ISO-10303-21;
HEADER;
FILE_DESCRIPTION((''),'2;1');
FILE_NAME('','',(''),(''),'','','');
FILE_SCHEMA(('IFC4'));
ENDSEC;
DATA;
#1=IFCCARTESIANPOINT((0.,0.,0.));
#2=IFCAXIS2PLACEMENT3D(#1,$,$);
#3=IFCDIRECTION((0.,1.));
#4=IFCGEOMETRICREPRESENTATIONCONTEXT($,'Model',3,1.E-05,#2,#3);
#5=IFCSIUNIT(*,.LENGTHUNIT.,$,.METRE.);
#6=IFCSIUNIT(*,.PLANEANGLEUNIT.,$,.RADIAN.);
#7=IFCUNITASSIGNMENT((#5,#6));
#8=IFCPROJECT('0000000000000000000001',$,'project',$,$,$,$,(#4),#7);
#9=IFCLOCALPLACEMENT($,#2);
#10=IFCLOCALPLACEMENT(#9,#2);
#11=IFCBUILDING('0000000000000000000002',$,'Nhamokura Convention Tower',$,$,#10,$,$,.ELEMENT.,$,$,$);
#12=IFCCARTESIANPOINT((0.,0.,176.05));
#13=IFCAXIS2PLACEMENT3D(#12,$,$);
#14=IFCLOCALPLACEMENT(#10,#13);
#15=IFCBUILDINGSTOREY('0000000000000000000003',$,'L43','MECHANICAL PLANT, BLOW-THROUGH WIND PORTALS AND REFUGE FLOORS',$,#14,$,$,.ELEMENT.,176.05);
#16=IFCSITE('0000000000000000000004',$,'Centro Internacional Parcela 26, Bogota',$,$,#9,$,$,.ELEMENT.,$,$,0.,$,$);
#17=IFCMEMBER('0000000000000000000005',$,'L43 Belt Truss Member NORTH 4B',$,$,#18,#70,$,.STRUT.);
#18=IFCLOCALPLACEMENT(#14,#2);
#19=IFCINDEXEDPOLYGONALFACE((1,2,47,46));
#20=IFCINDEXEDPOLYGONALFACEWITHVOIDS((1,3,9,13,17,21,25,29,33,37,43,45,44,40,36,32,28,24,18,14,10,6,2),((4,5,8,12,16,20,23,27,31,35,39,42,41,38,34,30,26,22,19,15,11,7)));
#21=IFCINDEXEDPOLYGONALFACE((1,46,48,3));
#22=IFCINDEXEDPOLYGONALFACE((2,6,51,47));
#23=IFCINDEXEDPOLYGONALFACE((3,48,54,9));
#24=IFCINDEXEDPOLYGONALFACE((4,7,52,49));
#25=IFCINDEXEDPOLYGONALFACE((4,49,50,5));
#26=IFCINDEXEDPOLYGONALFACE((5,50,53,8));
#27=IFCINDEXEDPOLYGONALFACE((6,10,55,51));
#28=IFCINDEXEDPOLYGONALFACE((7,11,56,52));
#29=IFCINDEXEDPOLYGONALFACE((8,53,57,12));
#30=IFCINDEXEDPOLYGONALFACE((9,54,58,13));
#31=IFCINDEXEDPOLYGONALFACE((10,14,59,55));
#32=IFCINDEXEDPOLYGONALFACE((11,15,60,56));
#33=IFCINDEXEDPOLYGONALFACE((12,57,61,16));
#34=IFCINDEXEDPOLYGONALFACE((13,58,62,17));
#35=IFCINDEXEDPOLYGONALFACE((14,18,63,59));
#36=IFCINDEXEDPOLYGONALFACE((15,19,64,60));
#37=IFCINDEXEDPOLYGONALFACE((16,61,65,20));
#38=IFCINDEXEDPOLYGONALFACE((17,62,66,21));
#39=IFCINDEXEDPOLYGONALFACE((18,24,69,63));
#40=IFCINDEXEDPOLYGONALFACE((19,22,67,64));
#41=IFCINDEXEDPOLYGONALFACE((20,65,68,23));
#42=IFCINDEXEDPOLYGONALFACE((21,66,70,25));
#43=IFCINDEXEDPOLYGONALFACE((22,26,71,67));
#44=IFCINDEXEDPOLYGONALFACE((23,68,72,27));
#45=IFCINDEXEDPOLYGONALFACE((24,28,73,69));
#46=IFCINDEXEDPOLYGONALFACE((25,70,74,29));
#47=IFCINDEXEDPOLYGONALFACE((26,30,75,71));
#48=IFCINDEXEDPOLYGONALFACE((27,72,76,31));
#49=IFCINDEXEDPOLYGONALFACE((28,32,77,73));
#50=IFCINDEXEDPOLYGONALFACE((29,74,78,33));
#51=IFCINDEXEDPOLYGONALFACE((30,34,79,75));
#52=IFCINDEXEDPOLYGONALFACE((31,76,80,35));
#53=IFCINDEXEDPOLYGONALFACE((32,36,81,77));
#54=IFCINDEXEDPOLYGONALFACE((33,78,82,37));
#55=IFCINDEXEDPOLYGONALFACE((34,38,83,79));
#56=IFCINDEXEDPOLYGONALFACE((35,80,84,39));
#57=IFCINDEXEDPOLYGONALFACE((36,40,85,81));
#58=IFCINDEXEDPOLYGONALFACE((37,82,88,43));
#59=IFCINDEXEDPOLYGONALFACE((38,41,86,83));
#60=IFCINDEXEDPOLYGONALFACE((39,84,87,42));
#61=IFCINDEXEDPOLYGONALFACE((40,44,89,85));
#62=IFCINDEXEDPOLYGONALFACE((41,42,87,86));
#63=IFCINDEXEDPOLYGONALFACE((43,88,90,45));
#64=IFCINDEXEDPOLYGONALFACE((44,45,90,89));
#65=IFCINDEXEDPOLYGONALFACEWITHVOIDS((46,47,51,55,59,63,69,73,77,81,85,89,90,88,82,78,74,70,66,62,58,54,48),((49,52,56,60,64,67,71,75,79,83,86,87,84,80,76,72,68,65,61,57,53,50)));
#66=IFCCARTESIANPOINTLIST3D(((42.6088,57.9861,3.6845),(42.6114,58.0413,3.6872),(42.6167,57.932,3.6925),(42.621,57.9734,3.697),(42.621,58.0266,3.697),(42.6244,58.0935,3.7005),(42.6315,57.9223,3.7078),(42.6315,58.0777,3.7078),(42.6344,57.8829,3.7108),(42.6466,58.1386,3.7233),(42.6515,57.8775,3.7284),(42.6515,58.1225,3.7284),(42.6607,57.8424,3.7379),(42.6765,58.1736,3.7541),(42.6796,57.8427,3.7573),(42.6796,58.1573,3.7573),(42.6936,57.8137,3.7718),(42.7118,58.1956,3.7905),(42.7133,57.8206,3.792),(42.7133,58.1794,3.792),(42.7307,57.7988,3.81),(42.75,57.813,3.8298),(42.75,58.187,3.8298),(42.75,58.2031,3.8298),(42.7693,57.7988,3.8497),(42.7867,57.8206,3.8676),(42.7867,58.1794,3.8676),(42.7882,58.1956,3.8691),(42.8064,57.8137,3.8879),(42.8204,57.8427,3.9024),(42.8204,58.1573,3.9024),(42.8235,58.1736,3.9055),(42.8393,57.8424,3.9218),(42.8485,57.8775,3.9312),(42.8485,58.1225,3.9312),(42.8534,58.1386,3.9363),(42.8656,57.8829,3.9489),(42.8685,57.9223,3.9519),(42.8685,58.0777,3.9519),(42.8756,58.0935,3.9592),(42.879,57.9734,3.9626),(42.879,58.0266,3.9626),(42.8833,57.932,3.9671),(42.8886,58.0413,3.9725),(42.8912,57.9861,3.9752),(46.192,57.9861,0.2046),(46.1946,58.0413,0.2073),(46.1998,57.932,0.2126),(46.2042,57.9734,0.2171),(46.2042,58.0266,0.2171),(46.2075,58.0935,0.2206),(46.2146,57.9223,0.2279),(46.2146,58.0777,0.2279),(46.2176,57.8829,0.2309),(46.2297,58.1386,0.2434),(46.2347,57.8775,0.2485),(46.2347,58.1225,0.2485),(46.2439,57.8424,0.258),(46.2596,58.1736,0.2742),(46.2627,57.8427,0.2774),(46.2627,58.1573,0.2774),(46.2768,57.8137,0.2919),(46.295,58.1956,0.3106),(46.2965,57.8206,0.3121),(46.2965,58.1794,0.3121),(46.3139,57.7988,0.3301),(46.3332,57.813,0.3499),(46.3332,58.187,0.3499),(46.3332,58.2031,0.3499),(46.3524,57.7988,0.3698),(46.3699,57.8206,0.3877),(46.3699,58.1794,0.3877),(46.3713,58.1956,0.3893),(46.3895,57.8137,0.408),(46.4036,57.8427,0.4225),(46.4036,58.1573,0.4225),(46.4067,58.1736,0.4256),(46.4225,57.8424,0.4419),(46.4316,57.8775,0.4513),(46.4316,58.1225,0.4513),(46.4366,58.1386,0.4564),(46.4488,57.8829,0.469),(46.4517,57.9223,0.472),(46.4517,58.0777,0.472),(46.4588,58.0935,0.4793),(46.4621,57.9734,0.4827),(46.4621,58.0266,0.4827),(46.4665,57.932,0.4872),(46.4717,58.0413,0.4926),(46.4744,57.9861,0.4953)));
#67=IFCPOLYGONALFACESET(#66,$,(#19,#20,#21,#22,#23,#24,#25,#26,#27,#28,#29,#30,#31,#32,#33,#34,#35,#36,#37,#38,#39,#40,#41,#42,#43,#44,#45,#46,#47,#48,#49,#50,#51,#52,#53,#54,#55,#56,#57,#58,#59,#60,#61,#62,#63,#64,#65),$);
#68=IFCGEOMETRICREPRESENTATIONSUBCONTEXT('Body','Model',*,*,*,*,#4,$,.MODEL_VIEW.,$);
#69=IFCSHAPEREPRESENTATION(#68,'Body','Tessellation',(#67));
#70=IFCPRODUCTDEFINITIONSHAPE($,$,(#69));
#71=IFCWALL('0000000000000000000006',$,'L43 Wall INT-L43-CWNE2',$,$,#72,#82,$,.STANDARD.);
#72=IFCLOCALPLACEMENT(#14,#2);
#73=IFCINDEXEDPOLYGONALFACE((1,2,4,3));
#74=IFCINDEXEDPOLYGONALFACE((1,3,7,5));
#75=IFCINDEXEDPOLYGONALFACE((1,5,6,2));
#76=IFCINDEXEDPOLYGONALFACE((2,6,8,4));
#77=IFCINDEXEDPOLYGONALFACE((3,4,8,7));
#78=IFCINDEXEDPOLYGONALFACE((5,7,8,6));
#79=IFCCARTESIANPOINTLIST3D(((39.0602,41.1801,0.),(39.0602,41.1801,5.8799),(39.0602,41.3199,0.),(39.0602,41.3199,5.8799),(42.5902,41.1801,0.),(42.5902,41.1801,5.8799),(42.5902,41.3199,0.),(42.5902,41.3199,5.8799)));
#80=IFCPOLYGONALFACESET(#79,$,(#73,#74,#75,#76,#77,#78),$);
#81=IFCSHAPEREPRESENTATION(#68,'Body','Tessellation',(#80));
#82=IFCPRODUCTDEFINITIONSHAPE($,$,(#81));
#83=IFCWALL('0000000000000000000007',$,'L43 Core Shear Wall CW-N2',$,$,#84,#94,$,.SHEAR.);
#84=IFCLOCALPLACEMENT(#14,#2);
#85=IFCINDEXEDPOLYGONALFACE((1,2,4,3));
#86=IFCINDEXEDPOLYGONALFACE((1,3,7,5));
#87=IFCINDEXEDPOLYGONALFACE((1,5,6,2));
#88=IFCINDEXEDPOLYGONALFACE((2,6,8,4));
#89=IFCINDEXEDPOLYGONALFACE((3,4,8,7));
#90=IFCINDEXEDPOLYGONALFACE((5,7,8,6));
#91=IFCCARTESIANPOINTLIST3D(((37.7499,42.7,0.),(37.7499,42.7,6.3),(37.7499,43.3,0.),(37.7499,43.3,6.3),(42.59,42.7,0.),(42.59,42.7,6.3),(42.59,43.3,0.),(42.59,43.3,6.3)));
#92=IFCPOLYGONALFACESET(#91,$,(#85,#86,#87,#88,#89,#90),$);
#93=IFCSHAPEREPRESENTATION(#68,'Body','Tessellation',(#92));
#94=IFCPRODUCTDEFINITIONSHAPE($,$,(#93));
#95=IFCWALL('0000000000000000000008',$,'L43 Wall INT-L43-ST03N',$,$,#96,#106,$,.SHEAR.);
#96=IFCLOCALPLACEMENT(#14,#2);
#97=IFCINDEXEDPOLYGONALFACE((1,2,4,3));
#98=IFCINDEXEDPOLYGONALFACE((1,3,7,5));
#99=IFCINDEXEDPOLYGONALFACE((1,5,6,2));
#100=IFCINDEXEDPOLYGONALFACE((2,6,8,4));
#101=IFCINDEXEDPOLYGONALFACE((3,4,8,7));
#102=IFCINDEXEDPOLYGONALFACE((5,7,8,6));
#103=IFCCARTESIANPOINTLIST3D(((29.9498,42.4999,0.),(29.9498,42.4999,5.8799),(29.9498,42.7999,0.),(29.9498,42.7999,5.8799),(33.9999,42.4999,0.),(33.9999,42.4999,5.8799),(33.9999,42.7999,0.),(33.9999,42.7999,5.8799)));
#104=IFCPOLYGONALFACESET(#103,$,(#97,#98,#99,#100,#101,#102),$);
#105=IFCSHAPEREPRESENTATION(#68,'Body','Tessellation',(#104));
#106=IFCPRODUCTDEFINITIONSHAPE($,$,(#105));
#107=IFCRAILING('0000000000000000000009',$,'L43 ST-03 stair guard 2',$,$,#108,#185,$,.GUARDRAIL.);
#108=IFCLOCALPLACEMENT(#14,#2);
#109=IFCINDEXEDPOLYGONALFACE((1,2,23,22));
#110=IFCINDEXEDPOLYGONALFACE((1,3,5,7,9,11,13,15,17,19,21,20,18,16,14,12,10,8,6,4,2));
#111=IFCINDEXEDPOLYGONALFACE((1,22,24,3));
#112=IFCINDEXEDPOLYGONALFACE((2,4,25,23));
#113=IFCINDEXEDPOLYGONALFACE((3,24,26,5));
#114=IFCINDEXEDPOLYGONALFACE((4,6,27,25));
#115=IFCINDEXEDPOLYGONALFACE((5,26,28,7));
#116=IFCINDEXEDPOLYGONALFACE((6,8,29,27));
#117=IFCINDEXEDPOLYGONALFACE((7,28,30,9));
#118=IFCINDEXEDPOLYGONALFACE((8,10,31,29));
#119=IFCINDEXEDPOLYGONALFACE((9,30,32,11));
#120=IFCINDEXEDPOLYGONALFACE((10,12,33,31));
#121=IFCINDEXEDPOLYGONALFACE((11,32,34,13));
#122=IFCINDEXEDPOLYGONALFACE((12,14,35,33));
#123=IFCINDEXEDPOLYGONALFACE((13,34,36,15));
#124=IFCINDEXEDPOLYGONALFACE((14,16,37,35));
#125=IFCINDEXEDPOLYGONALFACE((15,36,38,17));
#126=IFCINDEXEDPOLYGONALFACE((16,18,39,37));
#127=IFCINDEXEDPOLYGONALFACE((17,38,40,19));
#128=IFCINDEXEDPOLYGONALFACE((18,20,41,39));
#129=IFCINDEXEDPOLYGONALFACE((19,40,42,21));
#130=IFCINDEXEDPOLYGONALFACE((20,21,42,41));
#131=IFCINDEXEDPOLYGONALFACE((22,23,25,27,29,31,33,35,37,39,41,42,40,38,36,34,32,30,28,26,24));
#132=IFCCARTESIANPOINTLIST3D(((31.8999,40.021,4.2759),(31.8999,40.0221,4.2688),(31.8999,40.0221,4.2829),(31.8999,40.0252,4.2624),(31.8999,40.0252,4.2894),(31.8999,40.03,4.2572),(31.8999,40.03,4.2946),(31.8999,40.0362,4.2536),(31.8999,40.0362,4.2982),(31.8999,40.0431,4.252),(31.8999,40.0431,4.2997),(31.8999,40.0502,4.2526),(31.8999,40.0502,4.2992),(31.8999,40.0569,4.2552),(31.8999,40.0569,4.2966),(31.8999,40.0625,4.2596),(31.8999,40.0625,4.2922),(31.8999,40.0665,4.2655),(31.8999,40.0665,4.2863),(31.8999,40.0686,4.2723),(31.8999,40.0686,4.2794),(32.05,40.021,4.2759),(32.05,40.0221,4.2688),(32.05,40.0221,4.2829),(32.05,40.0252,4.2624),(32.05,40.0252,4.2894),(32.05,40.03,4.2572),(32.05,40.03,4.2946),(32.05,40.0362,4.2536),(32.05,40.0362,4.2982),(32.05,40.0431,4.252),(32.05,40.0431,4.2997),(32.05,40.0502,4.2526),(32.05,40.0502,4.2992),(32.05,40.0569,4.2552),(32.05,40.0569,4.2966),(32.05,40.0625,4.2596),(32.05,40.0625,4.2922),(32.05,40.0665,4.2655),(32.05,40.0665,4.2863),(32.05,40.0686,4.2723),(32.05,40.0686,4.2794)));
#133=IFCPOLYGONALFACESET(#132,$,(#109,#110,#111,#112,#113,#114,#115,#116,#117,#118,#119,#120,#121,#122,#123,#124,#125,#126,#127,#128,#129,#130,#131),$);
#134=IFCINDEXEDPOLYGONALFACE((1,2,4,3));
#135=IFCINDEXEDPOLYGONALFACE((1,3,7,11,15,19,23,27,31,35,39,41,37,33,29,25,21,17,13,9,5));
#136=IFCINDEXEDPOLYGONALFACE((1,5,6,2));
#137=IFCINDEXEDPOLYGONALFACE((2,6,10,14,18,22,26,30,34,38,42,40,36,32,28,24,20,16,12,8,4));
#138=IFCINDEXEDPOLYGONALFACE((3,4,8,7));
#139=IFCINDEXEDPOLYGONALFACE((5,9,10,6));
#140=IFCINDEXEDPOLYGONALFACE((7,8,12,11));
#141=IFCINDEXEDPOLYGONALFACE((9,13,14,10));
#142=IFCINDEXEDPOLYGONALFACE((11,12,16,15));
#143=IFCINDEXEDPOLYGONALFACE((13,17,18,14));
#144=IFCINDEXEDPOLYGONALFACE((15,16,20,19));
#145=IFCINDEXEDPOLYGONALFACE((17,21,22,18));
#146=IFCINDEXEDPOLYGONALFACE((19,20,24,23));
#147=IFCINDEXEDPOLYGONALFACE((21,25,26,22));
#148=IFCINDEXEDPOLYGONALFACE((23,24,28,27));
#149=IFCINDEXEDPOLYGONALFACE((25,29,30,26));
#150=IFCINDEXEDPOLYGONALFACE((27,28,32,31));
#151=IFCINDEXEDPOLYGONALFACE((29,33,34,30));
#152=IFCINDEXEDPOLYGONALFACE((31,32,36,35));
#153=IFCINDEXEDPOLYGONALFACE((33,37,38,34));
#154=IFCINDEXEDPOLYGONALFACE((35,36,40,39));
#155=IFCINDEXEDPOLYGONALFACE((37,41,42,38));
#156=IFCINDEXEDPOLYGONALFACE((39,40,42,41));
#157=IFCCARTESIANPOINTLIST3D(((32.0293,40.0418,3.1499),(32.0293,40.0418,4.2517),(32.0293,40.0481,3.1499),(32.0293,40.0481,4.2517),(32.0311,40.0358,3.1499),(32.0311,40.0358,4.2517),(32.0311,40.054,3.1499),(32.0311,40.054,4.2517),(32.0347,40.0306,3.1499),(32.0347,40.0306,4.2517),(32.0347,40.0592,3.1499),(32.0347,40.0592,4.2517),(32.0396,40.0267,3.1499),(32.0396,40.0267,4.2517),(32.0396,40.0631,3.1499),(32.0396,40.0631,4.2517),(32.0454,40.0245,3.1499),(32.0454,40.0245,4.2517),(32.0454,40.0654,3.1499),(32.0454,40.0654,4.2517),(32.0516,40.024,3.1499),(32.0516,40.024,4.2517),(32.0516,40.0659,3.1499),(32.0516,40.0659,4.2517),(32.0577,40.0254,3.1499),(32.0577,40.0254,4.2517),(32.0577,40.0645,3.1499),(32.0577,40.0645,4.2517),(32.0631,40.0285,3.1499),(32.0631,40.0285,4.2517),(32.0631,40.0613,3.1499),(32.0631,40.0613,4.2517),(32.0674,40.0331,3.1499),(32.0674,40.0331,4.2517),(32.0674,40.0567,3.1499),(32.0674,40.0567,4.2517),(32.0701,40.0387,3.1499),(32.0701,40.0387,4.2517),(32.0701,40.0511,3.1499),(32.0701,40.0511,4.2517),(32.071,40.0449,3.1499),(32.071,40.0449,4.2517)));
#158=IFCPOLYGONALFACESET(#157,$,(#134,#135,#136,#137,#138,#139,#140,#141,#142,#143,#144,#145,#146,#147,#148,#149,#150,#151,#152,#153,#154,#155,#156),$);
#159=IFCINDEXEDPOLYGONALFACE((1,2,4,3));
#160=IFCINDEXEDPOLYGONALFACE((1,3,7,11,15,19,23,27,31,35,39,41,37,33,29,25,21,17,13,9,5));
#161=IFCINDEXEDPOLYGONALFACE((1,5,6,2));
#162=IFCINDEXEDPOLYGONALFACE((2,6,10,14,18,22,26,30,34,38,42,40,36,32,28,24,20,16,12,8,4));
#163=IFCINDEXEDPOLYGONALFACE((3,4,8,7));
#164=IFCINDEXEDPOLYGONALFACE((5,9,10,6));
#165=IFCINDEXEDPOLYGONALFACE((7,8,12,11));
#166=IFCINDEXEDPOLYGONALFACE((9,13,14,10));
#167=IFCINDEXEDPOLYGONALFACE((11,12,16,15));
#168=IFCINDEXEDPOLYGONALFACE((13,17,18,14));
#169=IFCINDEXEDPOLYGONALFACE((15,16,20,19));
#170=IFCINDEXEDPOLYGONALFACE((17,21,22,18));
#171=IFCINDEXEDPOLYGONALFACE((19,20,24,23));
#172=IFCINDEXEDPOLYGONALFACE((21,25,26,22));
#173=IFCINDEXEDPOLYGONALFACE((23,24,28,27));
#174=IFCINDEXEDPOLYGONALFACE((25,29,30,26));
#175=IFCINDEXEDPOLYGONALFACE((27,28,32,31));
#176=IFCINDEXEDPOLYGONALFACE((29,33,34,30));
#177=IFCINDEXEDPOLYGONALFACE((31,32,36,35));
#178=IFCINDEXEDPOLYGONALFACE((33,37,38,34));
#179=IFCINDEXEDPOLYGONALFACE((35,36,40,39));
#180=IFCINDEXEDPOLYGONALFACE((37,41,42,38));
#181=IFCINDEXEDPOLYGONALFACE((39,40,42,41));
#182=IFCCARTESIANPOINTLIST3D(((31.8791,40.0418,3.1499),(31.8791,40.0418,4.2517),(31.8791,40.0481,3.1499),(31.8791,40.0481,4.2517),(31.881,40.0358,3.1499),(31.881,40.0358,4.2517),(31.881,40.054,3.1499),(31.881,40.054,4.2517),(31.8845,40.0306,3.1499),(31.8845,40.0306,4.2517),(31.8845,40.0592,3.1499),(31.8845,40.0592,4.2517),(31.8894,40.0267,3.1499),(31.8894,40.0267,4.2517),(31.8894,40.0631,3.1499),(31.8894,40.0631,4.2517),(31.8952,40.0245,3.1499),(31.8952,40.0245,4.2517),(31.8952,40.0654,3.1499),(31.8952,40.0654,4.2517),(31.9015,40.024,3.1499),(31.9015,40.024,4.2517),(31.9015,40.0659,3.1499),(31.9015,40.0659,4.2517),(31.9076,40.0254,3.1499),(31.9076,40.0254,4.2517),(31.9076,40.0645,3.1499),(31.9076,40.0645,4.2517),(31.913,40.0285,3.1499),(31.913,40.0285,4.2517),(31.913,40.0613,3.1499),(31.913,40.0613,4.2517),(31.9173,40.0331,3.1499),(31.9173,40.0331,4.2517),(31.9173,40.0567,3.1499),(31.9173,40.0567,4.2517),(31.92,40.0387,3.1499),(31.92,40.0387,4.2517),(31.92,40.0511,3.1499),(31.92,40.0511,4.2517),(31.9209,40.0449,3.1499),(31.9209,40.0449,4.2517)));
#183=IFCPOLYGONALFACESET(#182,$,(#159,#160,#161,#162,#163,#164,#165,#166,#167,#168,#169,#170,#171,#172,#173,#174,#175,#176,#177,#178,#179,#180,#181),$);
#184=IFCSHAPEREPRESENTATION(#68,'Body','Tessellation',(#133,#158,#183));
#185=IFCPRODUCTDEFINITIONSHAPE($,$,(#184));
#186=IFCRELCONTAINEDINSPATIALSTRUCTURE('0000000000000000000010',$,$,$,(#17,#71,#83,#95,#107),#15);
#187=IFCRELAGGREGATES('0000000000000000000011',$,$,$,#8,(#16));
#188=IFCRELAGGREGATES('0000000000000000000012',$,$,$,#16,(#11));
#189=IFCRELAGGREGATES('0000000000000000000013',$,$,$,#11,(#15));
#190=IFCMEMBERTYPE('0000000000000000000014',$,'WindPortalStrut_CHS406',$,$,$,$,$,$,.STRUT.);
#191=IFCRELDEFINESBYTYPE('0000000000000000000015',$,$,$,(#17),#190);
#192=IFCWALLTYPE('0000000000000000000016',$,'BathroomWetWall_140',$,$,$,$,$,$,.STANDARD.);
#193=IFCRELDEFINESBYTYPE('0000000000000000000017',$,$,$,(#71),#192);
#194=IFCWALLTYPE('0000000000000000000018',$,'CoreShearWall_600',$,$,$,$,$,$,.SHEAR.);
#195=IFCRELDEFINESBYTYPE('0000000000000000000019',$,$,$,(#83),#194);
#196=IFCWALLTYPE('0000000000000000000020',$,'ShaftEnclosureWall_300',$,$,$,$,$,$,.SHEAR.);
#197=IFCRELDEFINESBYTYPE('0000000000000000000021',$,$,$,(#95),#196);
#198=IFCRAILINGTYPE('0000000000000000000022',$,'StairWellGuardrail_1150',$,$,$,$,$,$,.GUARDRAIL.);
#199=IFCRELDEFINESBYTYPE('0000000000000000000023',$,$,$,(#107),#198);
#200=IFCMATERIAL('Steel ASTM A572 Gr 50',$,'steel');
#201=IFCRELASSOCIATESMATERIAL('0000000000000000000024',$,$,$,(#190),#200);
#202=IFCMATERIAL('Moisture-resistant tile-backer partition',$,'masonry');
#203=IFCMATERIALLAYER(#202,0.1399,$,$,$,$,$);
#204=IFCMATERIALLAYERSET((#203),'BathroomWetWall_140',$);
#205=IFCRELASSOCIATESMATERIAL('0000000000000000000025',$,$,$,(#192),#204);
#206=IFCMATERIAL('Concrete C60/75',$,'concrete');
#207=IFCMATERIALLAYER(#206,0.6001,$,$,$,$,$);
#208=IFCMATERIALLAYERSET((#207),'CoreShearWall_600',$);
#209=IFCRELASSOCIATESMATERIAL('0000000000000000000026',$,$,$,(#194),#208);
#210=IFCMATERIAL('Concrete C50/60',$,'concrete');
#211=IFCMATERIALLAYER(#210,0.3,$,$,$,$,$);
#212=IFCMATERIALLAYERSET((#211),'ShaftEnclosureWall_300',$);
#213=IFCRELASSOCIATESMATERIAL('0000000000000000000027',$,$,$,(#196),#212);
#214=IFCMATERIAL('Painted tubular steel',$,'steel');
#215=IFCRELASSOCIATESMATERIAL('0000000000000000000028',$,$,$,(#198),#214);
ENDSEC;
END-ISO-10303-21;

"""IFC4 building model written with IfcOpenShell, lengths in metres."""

from ifc_helpers import new_model, si_unit, direction, frame, frame_2d, origin, origin_2d, place, context, subcontext, project, spatial, rectangle, circle, hollow_circle, extrude, material, layer, layer_set, material_profile, profile_set, type_object, element, save


model = new_model("IFC4")

# Units and contexts
model_context = context("Model", 3, precision=1e-05, world=origin(), true_north=direction((0.0, 1.0)))
body_context = subcontext(model_context, "Body", "Model", "MODEL_VIEW")
ifc_project = project(units=[si_unit("LENGTHUNIT", "METRE"), si_unit("PLANEANGLEUNIT", "RADIAN")], contexts=[model_context])

# Site, building, storey
site_placement = place(None, origin())
site = spatial("IfcSite", under=ifc_project, at=site_placement, Name="Centro Internacional Parcela 26, Bogota", CompositionType="ELEMENT", RefElevation=0.0)
building_placement = place(site_placement, origin())
building = spatial("IfcBuilding", under=site, at=building_placement, Name="Nhamokura Convention Tower", CompositionType="ELEMENT")
storey_placement = place(building_placement, frame((0.0, 0.0, 176.05)))
storey = spatial("IfcBuildingStorey", under=building, at=storey_placement, Name="L43", Description="MECHANICAL PLANT, BLOW-THROUGH WIND PORTALS AND REFUGE FLOORS", CompositionType="ELEMENT", Elevation=176.05)

# Member
ifc_material_1 = material(Name="Steel ASTM A572 Gr 50", Category="steel")
ifc_material_profile_1 = material_profile(ifc_material_1, hollow_circle(Radius=0.2031, WallThickness=0.0161, at=origin_2d()))
ifc_profile_set_1 = profile_set([ifc_material_profile_1], Name="Steel ASTM A572 Gr 50")
member_type = type_object("IfcMemberType", Name="WindPortalStrut_CHS406", PredefinedType="STRUT", material=ifc_profile_set_1)
for number, where, z_axis, x_axis, name in (
    (1, (42.75, 58.0, 3.8298), (0.717369, 0.0, -0.696694), (0.0, 1.0, 0.0), "L43 Belt Truss Member NORTH 4B"),
):
    element("IfcMember", number, at=place(storey_placement, frame(where, z_axis=z_axis, x_axis=x_axis)), inside=storey, type_object=member_type, Name=name, PredefinedType="STRUT", context=body_context, shape_type="SweptSolid", body=[
        extrude(hollow_circle(Radius=0.2031, WallThickness=0.0161, at=origin_2d()), origin(), (0.0, 0.0, 1.0), 4.9949),
    ])

# Walls
ifc_material_2 = material(Name="Moisture-resistant tile-backer partition", Category="masonry")
ifc_layer_1 = layer(ifc_material_2, 0.1399)
ifc_layer_set_1 = layer_set([ifc_layer_1], Name="BathroomWetWall_140")
wall_type_1 = type_object("IfcWallType", Name="BathroomWetWall_140", PredefinedType="STANDARD", material=ifc_layer_set_1)
wall_1_placement = place(storey_placement, frame((39.0601, 41.25, 0.0), z_axis=(0.0, 0.0, 1.0), x_axis=(1.0, 0.0, 0.0)))
element("IfcWall", 2, at=wall_1_placement, inside=storey, type_object=wall_type_1, Name="L43 Wall INT-L43-CWNE2", PredefinedType="STANDARD", context=body_context, shape_type="SweptSolid", body=[
    extrude(rectangle(XDim=3.53, YDim=0.1399, at=frame_2d((1.7651, 0.0))), origin(), (0.0, 0.0, 1.0), 5.8799),
])
ifc_material_3 = material(Name="Concrete C60/75", Category="concrete")
ifc_layer_2 = layer(ifc_material_3, 0.6001)
ifc_layer_set_2 = layer_set([ifc_layer_2], Name="CoreShearWall_600")
wall_type_2 = type_object("IfcWallType", Name="CoreShearWall_600", PredefinedType="SHEAR", material=ifc_layer_set_2)
wall_2_placement = place(storey_placement, frame((37.75, 43.0, 0.0), z_axis=(0.0, 0.0, 1.0), x_axis=(1.0, 0.0, 0.0)))
element("IfcWall", 3, at=wall_2_placement, inside=storey, type_object=wall_type_2, Name="L43 Core Shear Wall CW-N2", PredefinedType="SHEAR", context=body_context, shape_type="SweptSolid", body=[
    extrude(rectangle(XDim=4.8401, YDim=0.6001, at=frame_2d((2.4199, 0.0))), origin(), (0.0, 0.0, 1.0), 6.3),
])
ifc_material_4 = material(Name="Concrete C50/60", Category="concrete")
ifc_layer_3 = layer(ifc_material_4, 0.3)
ifc_layer_set_3 = layer_set([ifc_layer_3], Name="ShaftEnclosureWall_300")
wall_type_3 = type_object("IfcWallType", Name="ShaftEnclosureWall_300", PredefinedType="SHEAR", material=ifc_layer_set_3)
wall_3_placement = place(storey_placement, frame((29.95, 42.6499, 0.0), z_axis=(0.0, 0.0, 1.0), x_axis=(1.0, 0.0, 0.0)))
element("IfcWall", 4, at=wall_3_placement, inside=storey, type_object=wall_type_3, Name="L43 Wall INT-L43-ST03N", PredefinedType="SHEAR", context=body_context, shape_type="SweptSolid", body=[
    extrude(rectangle(XDim=4.05, YDim=0.3, at=frame_2d((2.0249, 0.0))), origin(), (0.0, 0.0, 1.0), 5.8799),
])

# Railing
ifc_material_5 = material(Name="Painted tubular steel", Category="steel")
railing_type = type_object("IfcRailingType", Name="StairWellGuardrail_1150", PredefinedType="GUARDRAIL", material=ifc_material_5)
railing_placement = place(storey_placement, frame((32.05, 40.0449, 3.1499)))
element("IfcRailing", 5, at=railing_placement, inside=storey, type_object=railing_type, Name="L43 ST-03 stair guard 2", PredefinedType="GUARDRAIL", context=body_context, shape_type="SweptSolid", body=[
    extrude(circle(Radius=0.0239, at=origin_2d()), frame((0.0, 0.0, 1.126), z_axis=(-1.0, 0.0, 0.0), x_axis=(0.0, -1.0, 0.0)), (0.0, 0.0, 1.0), 0.1501),
    extrude(circle(Radius=0.021, at=origin_2d()), origin(), (0.0, 0.0, 1.0), 1.1018),
    extrude(circle(Radius=0.021, at=origin_2d()), frame((-0.1501, 0.0, 0.0)), (0.0, 0.0, 1.0), 1.1018),
])

save(model, "model.ifc")
